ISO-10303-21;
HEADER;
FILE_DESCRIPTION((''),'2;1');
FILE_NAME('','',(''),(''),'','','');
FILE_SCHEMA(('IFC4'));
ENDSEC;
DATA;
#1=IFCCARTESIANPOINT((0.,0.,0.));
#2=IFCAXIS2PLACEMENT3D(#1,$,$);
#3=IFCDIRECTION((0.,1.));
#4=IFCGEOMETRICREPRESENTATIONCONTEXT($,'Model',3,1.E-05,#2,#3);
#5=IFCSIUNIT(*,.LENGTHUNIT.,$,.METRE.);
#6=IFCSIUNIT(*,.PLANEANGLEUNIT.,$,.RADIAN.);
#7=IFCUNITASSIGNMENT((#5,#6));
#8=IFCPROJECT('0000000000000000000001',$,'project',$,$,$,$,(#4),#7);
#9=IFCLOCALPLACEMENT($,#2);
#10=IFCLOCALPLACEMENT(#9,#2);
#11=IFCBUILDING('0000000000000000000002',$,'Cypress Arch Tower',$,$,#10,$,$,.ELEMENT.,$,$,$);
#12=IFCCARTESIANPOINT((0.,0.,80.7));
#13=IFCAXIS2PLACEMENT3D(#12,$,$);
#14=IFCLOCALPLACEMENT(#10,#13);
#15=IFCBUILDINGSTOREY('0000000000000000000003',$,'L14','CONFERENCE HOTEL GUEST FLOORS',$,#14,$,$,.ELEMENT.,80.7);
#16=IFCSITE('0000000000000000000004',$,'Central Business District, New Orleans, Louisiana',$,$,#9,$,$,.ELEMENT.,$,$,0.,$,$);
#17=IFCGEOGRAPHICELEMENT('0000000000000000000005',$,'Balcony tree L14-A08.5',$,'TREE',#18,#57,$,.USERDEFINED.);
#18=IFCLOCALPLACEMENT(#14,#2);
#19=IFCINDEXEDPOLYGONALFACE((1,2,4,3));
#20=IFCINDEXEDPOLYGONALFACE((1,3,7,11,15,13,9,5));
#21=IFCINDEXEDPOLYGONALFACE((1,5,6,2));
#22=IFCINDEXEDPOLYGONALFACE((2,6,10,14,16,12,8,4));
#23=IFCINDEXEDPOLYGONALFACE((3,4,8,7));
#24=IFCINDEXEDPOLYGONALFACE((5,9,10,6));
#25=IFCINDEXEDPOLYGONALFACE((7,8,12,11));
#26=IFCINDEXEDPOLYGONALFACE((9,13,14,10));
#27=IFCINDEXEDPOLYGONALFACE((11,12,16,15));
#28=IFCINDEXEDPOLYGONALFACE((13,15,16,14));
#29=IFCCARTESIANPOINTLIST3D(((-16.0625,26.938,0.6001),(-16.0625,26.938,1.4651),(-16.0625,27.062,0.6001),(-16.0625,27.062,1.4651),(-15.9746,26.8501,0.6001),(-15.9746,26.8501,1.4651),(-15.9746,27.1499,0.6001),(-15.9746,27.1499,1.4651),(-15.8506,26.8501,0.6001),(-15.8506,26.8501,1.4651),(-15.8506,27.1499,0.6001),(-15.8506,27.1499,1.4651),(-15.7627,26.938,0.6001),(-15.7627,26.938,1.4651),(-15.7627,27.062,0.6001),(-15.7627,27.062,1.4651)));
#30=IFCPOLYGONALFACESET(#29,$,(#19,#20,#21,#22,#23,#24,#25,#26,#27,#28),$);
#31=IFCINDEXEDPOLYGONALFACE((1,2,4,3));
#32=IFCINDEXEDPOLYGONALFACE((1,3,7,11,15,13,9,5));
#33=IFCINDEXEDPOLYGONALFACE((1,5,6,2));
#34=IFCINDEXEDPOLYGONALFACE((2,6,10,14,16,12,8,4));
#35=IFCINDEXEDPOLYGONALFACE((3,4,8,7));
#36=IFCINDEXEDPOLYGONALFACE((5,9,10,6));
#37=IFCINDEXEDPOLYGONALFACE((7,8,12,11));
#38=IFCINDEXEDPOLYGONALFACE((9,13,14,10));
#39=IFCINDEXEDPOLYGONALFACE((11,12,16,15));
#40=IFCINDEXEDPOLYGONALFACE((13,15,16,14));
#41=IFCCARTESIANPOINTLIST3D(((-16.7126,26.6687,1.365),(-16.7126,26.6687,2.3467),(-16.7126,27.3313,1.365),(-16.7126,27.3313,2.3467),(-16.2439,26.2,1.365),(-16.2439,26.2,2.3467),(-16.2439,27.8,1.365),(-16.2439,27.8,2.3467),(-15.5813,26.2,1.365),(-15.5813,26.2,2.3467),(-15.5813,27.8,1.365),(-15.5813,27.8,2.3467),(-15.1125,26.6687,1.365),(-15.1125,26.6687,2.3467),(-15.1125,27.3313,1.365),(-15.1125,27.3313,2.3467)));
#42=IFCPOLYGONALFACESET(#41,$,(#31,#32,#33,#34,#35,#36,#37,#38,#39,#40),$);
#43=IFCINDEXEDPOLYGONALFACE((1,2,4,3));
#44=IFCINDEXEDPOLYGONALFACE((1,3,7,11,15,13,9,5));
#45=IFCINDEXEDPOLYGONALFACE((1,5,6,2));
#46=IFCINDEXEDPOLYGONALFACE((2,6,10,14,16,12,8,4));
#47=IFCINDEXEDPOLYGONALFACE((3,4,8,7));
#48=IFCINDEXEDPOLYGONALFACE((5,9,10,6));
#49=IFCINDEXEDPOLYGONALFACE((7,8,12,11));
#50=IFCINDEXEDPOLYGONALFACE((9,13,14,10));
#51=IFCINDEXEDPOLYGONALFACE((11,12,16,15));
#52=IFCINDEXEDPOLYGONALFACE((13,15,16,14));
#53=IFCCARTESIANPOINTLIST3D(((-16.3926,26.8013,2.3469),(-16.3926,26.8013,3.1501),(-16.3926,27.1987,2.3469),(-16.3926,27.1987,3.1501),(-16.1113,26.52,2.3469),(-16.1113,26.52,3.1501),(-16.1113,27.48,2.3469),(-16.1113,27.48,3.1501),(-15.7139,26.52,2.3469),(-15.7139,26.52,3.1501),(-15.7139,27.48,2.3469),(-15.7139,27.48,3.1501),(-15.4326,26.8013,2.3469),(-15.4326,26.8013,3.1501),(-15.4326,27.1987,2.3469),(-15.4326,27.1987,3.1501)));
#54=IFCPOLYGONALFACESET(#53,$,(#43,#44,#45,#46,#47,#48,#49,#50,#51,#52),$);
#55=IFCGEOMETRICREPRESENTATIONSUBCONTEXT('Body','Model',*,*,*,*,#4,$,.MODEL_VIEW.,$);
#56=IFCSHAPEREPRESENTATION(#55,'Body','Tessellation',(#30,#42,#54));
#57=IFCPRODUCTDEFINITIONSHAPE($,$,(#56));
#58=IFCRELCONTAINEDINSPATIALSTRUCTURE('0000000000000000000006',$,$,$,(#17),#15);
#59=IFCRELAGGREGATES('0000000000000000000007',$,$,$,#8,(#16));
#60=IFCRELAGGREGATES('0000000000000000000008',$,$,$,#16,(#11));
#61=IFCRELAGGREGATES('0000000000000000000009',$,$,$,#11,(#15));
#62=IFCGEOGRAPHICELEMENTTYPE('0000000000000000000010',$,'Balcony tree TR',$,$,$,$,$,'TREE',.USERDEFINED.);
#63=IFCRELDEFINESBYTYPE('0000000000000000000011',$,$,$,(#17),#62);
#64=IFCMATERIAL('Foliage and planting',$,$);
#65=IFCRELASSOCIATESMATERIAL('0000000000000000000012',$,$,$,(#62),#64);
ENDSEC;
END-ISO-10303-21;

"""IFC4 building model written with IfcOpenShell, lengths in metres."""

from ifc_helpers import new_model, si_unit, direction, frame, origin, place, context, subcontext, project, spatial, polyline, outline, extrude, material, type_object, element, save


model = new_model("IFC4")

# Units and contexts
model_context = context("Model", 3, precision=1e-05, world=origin(), true_north=direction((0.0, 1.0)))
body_context = subcontext(model_context, "Body", "Model", "MODEL_VIEW")
ifc_project = project(units=[si_unit("LENGTHUNIT", "METRE"), si_unit("PLANEANGLEUNIT", "RADIAN")], contexts=[model_context])

# Site, building, storey
site_placement = place(None, origin())
site = spatial("IfcSite", under=ifc_project, at=site_placement, Name="Central Business District, New Orleans, Louisiana", CompositionType="ELEMENT", RefElevation=0.0)
building_placement = place(site_placement, origin())
building = spatial("IfcBuilding", under=site, at=building_placement, Name="Cypress Arch Tower", CompositionType="ELEMENT")
storey_placement = place(building_placement, frame((0.0, 0.0, 80.7)))
storey = spatial("IfcBuildingStorey", under=building, at=storey_placement, Name="L14", Description="CONFERENCE HOTEL GUEST FLOORS", CompositionType="ELEMENT", Elevation=80.7)

# Geographic element
ifc_material_1 = material(Name="Foliage and planting")
geographic_element_type = type_object("IfcGeographicElementType", Name="Balcony tree TR", ElementType="TREE", PredefinedType="USERDEFINED", material=ifc_material_1)
geographic_element_placement = place(storey_placement, frame((-15.9126, 27.0, 0.6001), z_axis=(0.0, 0.0, 1.0), x_axis=(1.0, 0.0, 0.0)))
element("IfcGeographicElement", 1, at=geographic_element_placement, inside=storey, type_object=geographic_element_type, Name="Balcony tree L14-A08.5", ObjectType="TREE", PredefinedType="USERDEFINED", context=body_context, shape_type="SweptSolid", body=[
    extrude(outline(polyline([(0.1499, 0.062), (0.062, 0.1499), (-0.062, 0.1499), (-0.1499, 0.062), (-0.1499, -0.062), (-0.062, -0.1499), (0.062, -0.1499), (0.1499, -0.062), (0.1499, 0.062)])), origin(), (0.0, 0.0, 1.0), 0.865),
    extrude(outline(polyline([(0.8, 0.3313), (0.3313, 0.8), (-0.3313, 0.8), (-0.8, 0.3313), (-0.8, -0.3313), (-0.3313, -0.8), (0.3313, -0.8), (0.8, -0.3313), (0.8, 0.3313)])), frame((0.0, 0.0, 0.7649)), (0.0, 0.0, 1.0), 0.9817),
    extrude(outline(polyline([(0.48, 0.1987), (0.1987, 0.48), (-0.1987, 0.48), (-0.48, 0.1987), (-0.48, -0.1987), (-0.1987, -0.48), (0.1987, -0.48), (0.48, -0.1987), (0.48, 0.1987)])), frame((0.0, 0.0, 1.7468)), (0.0, 0.0, 1.0), 0.8032),
])

save(model, "model.ifc")
